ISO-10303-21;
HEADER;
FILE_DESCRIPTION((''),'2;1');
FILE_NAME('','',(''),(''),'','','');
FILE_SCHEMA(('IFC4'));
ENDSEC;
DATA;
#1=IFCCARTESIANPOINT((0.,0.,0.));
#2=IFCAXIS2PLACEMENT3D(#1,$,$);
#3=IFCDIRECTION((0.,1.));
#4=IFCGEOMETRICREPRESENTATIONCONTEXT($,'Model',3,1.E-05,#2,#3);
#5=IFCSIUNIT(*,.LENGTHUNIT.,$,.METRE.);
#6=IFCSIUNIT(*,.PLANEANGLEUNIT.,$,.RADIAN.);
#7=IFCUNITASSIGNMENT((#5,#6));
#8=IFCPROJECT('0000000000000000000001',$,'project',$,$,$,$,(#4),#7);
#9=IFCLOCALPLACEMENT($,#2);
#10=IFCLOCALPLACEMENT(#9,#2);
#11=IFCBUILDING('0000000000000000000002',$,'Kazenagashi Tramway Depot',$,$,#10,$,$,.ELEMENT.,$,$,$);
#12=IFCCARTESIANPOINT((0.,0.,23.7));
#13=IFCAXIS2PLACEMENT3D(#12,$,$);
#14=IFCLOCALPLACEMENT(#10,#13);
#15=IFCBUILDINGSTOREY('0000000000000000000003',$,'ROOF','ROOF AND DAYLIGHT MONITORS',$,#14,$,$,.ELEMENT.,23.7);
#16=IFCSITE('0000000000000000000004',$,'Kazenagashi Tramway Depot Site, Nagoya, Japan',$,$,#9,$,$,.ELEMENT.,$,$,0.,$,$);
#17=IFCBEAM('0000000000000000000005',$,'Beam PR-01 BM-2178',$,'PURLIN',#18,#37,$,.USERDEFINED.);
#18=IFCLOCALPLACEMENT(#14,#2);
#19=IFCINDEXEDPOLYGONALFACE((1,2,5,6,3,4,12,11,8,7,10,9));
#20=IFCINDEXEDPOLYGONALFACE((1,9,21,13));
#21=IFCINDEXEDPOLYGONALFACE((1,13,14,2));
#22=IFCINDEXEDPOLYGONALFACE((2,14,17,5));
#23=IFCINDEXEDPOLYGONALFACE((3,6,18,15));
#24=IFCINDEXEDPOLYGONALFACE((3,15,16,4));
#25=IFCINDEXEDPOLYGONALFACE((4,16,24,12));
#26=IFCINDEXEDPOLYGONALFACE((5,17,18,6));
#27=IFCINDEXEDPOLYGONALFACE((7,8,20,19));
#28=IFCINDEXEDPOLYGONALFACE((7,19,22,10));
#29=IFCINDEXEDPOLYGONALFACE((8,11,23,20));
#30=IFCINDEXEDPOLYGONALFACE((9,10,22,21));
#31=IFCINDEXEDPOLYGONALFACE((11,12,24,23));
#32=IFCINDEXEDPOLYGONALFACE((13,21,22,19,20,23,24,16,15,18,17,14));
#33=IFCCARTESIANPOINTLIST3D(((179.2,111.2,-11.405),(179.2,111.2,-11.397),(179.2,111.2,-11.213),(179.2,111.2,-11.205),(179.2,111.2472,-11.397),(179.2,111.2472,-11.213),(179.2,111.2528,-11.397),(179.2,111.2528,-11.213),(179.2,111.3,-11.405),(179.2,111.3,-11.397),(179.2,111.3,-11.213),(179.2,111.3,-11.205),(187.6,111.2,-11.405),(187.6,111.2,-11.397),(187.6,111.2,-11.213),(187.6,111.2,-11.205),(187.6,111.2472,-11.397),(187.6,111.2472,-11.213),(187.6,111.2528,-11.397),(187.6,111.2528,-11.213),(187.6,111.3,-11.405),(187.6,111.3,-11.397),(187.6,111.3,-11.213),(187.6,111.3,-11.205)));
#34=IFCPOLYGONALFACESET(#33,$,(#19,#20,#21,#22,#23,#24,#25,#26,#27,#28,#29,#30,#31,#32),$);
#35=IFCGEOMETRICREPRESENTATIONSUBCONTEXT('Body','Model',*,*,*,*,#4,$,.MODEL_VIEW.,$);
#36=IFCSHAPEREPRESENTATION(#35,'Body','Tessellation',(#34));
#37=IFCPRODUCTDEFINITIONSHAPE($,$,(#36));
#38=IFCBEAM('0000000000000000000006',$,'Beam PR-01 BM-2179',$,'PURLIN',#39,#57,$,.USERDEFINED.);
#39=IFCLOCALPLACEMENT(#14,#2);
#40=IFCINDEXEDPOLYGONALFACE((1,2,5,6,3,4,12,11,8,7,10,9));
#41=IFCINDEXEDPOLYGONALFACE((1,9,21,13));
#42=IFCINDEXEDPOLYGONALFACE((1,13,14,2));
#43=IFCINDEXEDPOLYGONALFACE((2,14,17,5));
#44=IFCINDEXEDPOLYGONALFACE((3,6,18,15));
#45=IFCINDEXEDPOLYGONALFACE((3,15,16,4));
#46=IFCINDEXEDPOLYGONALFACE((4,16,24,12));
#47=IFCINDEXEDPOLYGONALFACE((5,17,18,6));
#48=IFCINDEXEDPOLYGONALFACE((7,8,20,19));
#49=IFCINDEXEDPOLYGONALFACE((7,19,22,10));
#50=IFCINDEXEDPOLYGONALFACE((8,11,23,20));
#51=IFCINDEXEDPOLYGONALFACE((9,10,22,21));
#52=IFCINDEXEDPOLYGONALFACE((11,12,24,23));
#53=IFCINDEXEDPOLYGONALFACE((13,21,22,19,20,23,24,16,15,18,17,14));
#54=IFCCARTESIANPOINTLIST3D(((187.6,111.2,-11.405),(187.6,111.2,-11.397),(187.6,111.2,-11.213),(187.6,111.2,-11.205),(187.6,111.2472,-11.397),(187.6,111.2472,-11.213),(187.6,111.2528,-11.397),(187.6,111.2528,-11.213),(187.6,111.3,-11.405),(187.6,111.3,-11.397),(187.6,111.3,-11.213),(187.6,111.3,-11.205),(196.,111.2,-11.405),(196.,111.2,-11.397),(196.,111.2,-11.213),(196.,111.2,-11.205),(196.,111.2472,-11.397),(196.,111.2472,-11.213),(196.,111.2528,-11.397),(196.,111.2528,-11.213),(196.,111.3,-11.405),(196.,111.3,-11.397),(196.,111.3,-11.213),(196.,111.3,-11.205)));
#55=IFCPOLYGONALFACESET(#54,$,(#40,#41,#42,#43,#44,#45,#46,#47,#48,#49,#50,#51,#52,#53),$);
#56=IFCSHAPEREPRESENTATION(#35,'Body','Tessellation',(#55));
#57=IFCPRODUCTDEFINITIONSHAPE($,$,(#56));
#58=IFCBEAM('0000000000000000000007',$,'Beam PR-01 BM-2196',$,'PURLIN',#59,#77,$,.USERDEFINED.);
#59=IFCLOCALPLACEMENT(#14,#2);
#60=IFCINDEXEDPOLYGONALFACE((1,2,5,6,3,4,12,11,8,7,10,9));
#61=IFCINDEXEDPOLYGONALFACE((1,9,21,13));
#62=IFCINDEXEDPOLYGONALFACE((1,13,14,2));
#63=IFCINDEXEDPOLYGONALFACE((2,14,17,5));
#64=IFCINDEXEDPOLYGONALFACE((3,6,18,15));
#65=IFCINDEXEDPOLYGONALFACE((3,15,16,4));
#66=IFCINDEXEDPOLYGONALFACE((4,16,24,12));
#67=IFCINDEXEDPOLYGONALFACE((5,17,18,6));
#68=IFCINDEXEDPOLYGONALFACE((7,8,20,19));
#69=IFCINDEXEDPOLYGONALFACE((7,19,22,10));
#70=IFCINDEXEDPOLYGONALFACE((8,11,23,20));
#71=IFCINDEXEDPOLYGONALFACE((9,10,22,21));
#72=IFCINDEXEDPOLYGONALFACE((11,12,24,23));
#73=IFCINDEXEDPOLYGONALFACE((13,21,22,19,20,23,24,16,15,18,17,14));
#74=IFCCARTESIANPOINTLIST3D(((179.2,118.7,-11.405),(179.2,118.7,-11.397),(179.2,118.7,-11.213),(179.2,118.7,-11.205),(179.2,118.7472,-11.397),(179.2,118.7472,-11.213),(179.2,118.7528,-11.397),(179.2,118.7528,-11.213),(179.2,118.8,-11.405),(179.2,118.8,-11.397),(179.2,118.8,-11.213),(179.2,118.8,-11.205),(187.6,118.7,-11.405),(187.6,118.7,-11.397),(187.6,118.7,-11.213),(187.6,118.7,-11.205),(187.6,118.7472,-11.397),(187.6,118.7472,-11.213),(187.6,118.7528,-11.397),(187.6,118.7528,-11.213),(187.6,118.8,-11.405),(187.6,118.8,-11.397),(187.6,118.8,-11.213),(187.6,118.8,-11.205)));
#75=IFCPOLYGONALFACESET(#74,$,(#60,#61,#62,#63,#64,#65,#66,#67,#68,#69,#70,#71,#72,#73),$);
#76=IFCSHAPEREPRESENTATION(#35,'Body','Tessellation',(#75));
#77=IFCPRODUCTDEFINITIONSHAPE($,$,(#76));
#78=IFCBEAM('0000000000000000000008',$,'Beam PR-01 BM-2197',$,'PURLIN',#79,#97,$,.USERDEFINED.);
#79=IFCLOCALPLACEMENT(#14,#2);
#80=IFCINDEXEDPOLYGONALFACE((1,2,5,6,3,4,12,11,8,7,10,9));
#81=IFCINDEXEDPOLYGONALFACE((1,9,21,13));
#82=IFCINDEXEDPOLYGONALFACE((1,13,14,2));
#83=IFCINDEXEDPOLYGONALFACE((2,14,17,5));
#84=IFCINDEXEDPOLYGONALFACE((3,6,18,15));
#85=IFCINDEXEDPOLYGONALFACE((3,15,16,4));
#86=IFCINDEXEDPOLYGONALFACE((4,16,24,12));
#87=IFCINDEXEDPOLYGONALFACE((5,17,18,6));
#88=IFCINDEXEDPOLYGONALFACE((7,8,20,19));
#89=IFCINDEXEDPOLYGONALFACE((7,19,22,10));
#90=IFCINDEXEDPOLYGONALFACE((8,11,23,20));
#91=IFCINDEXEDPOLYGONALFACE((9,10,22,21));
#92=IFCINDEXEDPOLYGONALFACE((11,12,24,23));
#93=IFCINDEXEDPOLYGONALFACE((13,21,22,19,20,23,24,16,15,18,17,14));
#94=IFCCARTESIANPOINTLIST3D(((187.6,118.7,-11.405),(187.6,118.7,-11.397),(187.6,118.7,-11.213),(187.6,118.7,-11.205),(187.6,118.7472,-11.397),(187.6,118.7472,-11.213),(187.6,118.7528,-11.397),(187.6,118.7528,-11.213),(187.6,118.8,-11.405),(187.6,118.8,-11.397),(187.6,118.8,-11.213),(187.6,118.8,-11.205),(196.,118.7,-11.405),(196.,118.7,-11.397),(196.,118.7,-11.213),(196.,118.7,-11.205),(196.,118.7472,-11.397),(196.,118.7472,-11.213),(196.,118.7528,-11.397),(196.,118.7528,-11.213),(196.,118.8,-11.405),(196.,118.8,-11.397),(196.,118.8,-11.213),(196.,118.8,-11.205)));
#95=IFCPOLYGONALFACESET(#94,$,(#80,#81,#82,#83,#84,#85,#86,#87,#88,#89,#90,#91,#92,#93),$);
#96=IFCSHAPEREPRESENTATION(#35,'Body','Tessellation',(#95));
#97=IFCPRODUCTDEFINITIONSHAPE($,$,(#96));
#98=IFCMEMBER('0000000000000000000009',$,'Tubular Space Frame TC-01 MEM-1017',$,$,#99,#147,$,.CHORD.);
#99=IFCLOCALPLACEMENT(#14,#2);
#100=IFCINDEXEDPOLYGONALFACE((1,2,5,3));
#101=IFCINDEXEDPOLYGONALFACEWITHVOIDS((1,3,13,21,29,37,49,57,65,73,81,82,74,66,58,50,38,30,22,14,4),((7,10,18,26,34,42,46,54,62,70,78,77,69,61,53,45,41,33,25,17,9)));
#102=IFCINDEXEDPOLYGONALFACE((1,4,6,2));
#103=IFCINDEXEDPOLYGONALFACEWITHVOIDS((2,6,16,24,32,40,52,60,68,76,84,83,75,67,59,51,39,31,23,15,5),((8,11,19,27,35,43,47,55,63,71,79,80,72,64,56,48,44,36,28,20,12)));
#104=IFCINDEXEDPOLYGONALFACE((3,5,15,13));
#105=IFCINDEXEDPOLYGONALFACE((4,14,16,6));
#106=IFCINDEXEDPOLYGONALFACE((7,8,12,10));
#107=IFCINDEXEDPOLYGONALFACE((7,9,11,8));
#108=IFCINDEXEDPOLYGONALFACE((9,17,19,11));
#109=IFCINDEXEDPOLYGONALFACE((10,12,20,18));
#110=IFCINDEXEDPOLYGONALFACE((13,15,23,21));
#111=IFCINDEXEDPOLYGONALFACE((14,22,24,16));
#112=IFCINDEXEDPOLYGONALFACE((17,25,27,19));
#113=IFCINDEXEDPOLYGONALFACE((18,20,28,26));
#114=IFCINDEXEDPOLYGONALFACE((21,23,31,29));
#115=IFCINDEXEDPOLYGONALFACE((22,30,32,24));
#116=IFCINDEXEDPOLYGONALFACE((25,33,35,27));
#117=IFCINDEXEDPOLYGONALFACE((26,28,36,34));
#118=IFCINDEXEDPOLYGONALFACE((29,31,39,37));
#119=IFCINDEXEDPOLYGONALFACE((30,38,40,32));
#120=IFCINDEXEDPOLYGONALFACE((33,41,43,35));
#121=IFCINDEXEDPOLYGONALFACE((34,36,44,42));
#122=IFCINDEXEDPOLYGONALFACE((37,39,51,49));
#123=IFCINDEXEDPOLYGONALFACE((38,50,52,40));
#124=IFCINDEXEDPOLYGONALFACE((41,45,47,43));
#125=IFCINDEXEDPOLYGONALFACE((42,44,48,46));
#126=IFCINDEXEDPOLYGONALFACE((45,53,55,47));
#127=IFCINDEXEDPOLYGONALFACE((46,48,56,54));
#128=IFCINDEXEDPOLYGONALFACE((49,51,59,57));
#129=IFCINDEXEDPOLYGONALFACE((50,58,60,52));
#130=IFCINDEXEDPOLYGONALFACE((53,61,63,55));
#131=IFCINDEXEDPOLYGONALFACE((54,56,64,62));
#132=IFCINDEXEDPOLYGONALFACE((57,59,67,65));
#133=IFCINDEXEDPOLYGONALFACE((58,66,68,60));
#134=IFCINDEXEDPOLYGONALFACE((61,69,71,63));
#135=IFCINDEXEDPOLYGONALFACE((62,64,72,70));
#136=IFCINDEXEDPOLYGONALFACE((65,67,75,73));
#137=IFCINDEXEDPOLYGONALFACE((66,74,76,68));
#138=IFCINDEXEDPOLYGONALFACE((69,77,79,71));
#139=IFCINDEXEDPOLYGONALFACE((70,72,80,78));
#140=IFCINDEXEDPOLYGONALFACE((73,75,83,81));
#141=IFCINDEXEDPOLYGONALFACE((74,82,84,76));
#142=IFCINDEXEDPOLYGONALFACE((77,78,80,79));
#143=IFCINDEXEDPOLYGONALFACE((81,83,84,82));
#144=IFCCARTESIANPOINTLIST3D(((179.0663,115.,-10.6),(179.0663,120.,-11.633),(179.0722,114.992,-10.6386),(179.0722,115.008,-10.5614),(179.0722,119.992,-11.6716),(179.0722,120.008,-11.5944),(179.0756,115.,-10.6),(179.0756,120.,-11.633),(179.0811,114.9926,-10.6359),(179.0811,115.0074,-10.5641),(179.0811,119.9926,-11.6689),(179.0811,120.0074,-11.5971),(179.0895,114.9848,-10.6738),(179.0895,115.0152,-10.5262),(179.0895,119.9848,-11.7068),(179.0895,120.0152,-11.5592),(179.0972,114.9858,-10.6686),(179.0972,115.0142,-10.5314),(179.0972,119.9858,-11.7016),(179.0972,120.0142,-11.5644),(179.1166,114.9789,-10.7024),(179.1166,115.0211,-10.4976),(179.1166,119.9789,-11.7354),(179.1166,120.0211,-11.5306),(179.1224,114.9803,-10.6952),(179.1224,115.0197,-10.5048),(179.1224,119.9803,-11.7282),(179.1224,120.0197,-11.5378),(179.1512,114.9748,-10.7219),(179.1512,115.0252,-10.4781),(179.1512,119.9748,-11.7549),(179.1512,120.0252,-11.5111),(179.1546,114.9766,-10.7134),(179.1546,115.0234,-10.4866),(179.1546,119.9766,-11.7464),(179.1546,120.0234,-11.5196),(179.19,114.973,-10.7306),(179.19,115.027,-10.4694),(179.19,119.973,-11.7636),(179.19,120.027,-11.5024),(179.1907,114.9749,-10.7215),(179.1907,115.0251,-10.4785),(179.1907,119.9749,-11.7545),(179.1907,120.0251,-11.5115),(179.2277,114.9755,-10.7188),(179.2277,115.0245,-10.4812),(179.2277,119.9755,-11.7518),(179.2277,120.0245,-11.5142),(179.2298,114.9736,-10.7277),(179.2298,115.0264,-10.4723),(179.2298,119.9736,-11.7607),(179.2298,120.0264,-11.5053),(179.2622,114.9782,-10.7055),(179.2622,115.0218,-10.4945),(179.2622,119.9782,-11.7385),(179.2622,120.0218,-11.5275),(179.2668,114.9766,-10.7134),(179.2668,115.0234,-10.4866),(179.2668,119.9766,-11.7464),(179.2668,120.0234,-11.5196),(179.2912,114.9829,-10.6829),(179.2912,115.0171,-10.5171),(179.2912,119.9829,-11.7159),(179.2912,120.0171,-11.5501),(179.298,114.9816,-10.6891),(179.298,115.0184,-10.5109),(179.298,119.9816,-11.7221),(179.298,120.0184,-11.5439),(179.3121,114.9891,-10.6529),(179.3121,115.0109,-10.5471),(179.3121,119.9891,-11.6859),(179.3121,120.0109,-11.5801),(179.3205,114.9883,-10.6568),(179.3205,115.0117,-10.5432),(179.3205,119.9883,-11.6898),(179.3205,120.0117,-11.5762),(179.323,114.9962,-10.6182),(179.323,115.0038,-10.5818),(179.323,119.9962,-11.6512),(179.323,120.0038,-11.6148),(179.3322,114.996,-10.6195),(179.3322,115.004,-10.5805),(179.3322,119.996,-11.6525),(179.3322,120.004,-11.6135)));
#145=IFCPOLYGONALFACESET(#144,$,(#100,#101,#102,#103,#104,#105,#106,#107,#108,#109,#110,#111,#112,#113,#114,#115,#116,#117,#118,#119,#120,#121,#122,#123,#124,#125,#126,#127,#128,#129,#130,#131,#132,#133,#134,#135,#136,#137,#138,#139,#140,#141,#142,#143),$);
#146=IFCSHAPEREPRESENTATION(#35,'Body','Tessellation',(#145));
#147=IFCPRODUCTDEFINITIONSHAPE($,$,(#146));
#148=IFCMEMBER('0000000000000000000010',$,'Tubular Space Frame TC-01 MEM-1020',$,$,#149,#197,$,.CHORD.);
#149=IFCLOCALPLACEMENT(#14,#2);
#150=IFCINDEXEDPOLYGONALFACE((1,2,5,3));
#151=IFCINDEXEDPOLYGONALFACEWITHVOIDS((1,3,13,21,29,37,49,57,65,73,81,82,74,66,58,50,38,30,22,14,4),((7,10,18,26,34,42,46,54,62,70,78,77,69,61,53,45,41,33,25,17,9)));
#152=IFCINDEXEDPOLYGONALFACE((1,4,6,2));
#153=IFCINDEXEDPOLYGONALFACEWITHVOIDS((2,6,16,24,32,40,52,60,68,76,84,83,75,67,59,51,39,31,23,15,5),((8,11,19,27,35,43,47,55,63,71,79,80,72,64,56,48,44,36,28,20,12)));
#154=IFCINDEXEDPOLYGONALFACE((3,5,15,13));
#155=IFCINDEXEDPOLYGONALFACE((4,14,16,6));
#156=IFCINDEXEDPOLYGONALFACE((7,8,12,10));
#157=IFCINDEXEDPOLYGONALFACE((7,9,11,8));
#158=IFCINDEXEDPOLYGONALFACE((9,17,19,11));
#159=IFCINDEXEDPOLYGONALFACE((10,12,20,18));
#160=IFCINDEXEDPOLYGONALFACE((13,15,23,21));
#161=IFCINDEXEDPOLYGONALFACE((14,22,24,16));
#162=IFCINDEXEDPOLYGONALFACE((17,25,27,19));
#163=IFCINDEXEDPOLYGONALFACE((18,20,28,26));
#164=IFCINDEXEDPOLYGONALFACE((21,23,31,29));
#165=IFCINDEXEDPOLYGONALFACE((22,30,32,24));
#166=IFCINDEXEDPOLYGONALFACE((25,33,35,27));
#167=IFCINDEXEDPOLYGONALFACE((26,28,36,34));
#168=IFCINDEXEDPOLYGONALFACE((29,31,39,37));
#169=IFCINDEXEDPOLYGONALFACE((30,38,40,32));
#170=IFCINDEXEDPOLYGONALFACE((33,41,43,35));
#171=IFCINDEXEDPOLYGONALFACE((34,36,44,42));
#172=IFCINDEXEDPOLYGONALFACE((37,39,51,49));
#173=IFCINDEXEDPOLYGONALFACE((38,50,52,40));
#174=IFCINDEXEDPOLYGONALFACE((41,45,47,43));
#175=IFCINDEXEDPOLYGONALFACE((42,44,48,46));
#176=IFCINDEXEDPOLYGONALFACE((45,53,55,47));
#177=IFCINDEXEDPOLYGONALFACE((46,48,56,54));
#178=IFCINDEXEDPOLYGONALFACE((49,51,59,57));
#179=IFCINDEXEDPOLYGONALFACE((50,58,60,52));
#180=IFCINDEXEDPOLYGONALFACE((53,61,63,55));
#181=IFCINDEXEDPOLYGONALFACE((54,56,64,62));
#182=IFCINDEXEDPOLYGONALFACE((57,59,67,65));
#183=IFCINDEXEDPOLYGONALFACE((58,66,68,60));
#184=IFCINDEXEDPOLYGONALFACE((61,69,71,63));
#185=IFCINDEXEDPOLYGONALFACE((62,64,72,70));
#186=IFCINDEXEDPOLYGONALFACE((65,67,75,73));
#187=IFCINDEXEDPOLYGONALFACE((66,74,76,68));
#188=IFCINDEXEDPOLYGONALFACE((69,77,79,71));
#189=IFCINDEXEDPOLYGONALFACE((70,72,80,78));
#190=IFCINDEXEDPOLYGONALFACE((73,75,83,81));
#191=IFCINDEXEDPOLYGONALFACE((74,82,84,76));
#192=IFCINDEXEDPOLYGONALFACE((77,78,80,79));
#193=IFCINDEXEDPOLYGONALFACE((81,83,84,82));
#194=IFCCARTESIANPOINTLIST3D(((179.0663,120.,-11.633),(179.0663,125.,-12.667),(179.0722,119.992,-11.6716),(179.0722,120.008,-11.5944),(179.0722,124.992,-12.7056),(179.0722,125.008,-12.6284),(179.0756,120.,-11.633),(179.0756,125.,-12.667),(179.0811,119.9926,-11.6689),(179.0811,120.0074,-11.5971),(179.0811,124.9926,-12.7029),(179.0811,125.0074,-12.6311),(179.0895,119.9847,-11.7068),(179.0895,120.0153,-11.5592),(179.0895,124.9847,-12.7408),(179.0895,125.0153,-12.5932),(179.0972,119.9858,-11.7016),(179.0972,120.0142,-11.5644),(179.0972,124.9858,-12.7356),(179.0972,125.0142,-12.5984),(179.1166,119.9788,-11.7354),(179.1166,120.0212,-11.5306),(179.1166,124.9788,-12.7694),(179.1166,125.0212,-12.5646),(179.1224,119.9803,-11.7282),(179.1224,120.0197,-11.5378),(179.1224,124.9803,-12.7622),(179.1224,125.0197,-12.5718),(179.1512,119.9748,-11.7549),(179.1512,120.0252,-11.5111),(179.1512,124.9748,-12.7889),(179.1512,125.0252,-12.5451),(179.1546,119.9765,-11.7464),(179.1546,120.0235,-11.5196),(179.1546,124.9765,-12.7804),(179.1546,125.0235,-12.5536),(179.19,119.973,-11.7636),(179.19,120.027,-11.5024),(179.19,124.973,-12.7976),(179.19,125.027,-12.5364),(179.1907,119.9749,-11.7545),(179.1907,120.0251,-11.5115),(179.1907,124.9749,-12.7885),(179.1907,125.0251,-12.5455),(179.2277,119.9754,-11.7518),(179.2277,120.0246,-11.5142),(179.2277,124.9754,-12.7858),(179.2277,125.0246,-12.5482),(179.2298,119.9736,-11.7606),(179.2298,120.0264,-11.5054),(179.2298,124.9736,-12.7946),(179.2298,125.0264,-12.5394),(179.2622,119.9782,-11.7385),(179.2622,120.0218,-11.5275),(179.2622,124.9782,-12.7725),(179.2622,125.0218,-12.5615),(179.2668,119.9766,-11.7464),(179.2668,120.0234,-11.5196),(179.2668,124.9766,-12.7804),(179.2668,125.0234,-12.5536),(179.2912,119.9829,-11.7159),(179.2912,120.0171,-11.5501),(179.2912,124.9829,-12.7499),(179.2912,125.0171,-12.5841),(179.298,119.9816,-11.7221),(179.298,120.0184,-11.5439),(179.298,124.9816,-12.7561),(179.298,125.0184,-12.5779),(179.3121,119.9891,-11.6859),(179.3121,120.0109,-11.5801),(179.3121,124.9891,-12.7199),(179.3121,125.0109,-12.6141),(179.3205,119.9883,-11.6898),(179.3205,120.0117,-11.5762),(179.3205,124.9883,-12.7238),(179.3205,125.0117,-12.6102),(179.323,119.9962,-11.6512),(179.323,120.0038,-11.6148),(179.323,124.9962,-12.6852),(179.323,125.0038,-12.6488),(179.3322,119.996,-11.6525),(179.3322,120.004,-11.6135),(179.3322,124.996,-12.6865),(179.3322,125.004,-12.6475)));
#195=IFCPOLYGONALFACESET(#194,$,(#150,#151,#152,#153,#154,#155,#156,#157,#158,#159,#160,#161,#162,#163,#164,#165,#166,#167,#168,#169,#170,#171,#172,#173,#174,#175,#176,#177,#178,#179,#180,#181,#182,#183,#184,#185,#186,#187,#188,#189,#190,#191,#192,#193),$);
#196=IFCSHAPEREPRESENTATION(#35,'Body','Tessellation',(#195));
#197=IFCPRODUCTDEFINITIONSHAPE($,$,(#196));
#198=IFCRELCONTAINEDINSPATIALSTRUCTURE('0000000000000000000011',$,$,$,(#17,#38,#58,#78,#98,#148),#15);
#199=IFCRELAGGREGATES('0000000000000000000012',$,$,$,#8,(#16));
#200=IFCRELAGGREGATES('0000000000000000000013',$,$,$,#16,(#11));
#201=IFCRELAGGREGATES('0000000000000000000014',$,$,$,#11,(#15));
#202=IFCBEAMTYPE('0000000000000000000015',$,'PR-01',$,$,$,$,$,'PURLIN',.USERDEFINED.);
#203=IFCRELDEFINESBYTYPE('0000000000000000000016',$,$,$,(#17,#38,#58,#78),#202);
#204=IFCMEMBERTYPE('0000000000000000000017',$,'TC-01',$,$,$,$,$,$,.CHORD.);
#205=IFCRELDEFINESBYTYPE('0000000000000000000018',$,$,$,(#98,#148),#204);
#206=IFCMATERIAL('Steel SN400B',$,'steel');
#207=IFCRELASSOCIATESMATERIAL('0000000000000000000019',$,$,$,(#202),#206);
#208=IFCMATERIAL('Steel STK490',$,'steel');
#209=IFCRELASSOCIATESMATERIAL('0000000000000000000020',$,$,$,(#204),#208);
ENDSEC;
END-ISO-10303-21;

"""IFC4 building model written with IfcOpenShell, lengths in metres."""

from ifc_helpers import new_model, si_unit, direction, frame, origin, origin_2d, place, context, subcontext, project, spatial, hollow_circle, i_section, extrude, material, material_profile, profile_set, type_object, element, save


model = new_model("IFC4")

# Units and contexts
model_context = context("Model", 3, precision=1e-05, world=origin(), true_north=direction((0.0, 1.0)))
body_context = subcontext(model_context, "Body", "Model", "MODEL_VIEW")
ifc_project = project(units=[si_unit("LENGTHUNIT", "METRE"), si_unit("PLANEANGLEUNIT", "RADIAN")], contexts=[model_context])

# Site, building, storey
site_placement = place(None, origin())
site = spatial("IfcSite", under=ifc_project, at=site_placement, Name="Kazenagashi Tramway Depot Site, Nagoya, Japan", CompositionType="ELEMENT", RefElevation=0.0)
building_placement = place(site_placement, origin())
building = spatial("IfcBuilding", under=site, at=building_placement, Name="Kazenagashi Tramway Depot", CompositionType="ELEMENT")
storey_placement = place(building_placement, frame((0.0, 0.0, 23.7)))
storey = spatial("IfcBuildingStorey", under=building, at=storey_placement, Name="ROOF", Description="ROOF AND DAYLIGHT MONITORS", CompositionType="ELEMENT", Elevation=23.7)

# Beams
ifc_material_1 = material(Name="Steel SN400B", Category="steel")
ifc_material_profile_1 = material_profile(ifc_material_1, i_section(OverallWidth=0.1, OverallDepth=0.2, WebThickness=0.0055, FlangeThickness=0.008, at=origin_2d()), Name="H-200x100x5.5x8")
ifc_profile_set_1 = profile_set([ifc_material_profile_1], Name="Steel SN400B")
beam_type = type_object("IfcBeamType", Name="PR-01", ElementType="PURLIN", PredefinedType="USERDEFINED", material=ifc_profile_set_1)
for number, where, z_axis, x_axis, name in (
    (1, (179.2, 111.25, -11.305), (1.0, 0.0, 0.0), (0.0, 1.0, 0.0), "Beam PR-01 BM-2178"),
    (2, (187.6, 111.25, -11.305), (1.0, 0.0, 0.0), (0.0, 1.0, 0.0), "Beam PR-01 BM-2179"),
    (3, (179.2, 118.75, -11.305), (1.0, 0.0, 0.0), (0.0, 1.0, 0.0), "Beam PR-01 BM-2196"),
    (4, (187.6, 118.75, -11.305), (1.0, 0.0, 0.0), (0.0, 1.0, 0.0), "Beam PR-01 BM-2197"),
):
    element("IfcBeam", number, at=place(storey_placement, frame(where, z_axis=z_axis, x_axis=x_axis)), inside=storey, type_object=beam_type, Name=name, ObjectType="PURLIN", PredefinedType="USERDEFINED", context=body_context, shape_type="SweptSolid", body=[
        extrude(i_section(OverallWidth=0.1, OverallDepth=0.2, WebThickness=0.0055, FlangeThickness=0.008, at=origin_2d()), origin(), (0.0, 0.0, 1.0), 8.4),
    ])

# Members
ifc_material_2 = material(Name="Steel STK490", Category="steel")
ifc_material_profile_2 = material_profile(ifc_material_2, hollow_circle(Radius=0.1337, WallThickness=0.0093, at=origin_2d()), Name="CHS-267.4x9.3")
ifc_profile_set_2 = profile_set([ifc_material_profile_2], Name="Steel STK490")
member_type_1 = type_object("IfcMemberType", Name="TC-01", PredefinedType="CHORD", material=ifc_profile_set_2)
member_1_placement = place(storey_placement, frame((179.2, 115.0, -10.6), z_axis=(0.0, 0.979318, -0.202327), x_axis=(-1.0, 0.0, 0.0)))
element("IfcMember", 5, at=member_1_placement, inside=storey, type_object=member_type_1, Name="Tubular Space Frame TC-01 MEM-1017", PredefinedType="CHORD", context=body_context, shape_type="SweptSolid", body=[
    extrude(hollow_circle(Radius=0.1337, WallThickness=0.0093, at=origin_2d()), origin(), (0.0, 0.0, 1.0), 5.1056),
])
member_2_placement = place(storey_placement, frame((179.2, 120.0, -11.633), z_axis=(0.0, 0.979279, -0.202515), x_axis=(-1.0, 0.0, 0.0)))
element("IfcMember", 6, at=member_2_placement, inside=storey, type_object=member_type_1, Name="Tubular Space Frame TC-01 MEM-1020", PredefinedType="CHORD", context=body_context, shape_type="SweptSolid", body=[
    extrude(hollow_circle(Radius=0.1337, WallThickness=0.0093, at=origin_2d()), origin(), (0.0, 0.0, 1.0), 5.1058),
])

save(model, "model.ifc")
